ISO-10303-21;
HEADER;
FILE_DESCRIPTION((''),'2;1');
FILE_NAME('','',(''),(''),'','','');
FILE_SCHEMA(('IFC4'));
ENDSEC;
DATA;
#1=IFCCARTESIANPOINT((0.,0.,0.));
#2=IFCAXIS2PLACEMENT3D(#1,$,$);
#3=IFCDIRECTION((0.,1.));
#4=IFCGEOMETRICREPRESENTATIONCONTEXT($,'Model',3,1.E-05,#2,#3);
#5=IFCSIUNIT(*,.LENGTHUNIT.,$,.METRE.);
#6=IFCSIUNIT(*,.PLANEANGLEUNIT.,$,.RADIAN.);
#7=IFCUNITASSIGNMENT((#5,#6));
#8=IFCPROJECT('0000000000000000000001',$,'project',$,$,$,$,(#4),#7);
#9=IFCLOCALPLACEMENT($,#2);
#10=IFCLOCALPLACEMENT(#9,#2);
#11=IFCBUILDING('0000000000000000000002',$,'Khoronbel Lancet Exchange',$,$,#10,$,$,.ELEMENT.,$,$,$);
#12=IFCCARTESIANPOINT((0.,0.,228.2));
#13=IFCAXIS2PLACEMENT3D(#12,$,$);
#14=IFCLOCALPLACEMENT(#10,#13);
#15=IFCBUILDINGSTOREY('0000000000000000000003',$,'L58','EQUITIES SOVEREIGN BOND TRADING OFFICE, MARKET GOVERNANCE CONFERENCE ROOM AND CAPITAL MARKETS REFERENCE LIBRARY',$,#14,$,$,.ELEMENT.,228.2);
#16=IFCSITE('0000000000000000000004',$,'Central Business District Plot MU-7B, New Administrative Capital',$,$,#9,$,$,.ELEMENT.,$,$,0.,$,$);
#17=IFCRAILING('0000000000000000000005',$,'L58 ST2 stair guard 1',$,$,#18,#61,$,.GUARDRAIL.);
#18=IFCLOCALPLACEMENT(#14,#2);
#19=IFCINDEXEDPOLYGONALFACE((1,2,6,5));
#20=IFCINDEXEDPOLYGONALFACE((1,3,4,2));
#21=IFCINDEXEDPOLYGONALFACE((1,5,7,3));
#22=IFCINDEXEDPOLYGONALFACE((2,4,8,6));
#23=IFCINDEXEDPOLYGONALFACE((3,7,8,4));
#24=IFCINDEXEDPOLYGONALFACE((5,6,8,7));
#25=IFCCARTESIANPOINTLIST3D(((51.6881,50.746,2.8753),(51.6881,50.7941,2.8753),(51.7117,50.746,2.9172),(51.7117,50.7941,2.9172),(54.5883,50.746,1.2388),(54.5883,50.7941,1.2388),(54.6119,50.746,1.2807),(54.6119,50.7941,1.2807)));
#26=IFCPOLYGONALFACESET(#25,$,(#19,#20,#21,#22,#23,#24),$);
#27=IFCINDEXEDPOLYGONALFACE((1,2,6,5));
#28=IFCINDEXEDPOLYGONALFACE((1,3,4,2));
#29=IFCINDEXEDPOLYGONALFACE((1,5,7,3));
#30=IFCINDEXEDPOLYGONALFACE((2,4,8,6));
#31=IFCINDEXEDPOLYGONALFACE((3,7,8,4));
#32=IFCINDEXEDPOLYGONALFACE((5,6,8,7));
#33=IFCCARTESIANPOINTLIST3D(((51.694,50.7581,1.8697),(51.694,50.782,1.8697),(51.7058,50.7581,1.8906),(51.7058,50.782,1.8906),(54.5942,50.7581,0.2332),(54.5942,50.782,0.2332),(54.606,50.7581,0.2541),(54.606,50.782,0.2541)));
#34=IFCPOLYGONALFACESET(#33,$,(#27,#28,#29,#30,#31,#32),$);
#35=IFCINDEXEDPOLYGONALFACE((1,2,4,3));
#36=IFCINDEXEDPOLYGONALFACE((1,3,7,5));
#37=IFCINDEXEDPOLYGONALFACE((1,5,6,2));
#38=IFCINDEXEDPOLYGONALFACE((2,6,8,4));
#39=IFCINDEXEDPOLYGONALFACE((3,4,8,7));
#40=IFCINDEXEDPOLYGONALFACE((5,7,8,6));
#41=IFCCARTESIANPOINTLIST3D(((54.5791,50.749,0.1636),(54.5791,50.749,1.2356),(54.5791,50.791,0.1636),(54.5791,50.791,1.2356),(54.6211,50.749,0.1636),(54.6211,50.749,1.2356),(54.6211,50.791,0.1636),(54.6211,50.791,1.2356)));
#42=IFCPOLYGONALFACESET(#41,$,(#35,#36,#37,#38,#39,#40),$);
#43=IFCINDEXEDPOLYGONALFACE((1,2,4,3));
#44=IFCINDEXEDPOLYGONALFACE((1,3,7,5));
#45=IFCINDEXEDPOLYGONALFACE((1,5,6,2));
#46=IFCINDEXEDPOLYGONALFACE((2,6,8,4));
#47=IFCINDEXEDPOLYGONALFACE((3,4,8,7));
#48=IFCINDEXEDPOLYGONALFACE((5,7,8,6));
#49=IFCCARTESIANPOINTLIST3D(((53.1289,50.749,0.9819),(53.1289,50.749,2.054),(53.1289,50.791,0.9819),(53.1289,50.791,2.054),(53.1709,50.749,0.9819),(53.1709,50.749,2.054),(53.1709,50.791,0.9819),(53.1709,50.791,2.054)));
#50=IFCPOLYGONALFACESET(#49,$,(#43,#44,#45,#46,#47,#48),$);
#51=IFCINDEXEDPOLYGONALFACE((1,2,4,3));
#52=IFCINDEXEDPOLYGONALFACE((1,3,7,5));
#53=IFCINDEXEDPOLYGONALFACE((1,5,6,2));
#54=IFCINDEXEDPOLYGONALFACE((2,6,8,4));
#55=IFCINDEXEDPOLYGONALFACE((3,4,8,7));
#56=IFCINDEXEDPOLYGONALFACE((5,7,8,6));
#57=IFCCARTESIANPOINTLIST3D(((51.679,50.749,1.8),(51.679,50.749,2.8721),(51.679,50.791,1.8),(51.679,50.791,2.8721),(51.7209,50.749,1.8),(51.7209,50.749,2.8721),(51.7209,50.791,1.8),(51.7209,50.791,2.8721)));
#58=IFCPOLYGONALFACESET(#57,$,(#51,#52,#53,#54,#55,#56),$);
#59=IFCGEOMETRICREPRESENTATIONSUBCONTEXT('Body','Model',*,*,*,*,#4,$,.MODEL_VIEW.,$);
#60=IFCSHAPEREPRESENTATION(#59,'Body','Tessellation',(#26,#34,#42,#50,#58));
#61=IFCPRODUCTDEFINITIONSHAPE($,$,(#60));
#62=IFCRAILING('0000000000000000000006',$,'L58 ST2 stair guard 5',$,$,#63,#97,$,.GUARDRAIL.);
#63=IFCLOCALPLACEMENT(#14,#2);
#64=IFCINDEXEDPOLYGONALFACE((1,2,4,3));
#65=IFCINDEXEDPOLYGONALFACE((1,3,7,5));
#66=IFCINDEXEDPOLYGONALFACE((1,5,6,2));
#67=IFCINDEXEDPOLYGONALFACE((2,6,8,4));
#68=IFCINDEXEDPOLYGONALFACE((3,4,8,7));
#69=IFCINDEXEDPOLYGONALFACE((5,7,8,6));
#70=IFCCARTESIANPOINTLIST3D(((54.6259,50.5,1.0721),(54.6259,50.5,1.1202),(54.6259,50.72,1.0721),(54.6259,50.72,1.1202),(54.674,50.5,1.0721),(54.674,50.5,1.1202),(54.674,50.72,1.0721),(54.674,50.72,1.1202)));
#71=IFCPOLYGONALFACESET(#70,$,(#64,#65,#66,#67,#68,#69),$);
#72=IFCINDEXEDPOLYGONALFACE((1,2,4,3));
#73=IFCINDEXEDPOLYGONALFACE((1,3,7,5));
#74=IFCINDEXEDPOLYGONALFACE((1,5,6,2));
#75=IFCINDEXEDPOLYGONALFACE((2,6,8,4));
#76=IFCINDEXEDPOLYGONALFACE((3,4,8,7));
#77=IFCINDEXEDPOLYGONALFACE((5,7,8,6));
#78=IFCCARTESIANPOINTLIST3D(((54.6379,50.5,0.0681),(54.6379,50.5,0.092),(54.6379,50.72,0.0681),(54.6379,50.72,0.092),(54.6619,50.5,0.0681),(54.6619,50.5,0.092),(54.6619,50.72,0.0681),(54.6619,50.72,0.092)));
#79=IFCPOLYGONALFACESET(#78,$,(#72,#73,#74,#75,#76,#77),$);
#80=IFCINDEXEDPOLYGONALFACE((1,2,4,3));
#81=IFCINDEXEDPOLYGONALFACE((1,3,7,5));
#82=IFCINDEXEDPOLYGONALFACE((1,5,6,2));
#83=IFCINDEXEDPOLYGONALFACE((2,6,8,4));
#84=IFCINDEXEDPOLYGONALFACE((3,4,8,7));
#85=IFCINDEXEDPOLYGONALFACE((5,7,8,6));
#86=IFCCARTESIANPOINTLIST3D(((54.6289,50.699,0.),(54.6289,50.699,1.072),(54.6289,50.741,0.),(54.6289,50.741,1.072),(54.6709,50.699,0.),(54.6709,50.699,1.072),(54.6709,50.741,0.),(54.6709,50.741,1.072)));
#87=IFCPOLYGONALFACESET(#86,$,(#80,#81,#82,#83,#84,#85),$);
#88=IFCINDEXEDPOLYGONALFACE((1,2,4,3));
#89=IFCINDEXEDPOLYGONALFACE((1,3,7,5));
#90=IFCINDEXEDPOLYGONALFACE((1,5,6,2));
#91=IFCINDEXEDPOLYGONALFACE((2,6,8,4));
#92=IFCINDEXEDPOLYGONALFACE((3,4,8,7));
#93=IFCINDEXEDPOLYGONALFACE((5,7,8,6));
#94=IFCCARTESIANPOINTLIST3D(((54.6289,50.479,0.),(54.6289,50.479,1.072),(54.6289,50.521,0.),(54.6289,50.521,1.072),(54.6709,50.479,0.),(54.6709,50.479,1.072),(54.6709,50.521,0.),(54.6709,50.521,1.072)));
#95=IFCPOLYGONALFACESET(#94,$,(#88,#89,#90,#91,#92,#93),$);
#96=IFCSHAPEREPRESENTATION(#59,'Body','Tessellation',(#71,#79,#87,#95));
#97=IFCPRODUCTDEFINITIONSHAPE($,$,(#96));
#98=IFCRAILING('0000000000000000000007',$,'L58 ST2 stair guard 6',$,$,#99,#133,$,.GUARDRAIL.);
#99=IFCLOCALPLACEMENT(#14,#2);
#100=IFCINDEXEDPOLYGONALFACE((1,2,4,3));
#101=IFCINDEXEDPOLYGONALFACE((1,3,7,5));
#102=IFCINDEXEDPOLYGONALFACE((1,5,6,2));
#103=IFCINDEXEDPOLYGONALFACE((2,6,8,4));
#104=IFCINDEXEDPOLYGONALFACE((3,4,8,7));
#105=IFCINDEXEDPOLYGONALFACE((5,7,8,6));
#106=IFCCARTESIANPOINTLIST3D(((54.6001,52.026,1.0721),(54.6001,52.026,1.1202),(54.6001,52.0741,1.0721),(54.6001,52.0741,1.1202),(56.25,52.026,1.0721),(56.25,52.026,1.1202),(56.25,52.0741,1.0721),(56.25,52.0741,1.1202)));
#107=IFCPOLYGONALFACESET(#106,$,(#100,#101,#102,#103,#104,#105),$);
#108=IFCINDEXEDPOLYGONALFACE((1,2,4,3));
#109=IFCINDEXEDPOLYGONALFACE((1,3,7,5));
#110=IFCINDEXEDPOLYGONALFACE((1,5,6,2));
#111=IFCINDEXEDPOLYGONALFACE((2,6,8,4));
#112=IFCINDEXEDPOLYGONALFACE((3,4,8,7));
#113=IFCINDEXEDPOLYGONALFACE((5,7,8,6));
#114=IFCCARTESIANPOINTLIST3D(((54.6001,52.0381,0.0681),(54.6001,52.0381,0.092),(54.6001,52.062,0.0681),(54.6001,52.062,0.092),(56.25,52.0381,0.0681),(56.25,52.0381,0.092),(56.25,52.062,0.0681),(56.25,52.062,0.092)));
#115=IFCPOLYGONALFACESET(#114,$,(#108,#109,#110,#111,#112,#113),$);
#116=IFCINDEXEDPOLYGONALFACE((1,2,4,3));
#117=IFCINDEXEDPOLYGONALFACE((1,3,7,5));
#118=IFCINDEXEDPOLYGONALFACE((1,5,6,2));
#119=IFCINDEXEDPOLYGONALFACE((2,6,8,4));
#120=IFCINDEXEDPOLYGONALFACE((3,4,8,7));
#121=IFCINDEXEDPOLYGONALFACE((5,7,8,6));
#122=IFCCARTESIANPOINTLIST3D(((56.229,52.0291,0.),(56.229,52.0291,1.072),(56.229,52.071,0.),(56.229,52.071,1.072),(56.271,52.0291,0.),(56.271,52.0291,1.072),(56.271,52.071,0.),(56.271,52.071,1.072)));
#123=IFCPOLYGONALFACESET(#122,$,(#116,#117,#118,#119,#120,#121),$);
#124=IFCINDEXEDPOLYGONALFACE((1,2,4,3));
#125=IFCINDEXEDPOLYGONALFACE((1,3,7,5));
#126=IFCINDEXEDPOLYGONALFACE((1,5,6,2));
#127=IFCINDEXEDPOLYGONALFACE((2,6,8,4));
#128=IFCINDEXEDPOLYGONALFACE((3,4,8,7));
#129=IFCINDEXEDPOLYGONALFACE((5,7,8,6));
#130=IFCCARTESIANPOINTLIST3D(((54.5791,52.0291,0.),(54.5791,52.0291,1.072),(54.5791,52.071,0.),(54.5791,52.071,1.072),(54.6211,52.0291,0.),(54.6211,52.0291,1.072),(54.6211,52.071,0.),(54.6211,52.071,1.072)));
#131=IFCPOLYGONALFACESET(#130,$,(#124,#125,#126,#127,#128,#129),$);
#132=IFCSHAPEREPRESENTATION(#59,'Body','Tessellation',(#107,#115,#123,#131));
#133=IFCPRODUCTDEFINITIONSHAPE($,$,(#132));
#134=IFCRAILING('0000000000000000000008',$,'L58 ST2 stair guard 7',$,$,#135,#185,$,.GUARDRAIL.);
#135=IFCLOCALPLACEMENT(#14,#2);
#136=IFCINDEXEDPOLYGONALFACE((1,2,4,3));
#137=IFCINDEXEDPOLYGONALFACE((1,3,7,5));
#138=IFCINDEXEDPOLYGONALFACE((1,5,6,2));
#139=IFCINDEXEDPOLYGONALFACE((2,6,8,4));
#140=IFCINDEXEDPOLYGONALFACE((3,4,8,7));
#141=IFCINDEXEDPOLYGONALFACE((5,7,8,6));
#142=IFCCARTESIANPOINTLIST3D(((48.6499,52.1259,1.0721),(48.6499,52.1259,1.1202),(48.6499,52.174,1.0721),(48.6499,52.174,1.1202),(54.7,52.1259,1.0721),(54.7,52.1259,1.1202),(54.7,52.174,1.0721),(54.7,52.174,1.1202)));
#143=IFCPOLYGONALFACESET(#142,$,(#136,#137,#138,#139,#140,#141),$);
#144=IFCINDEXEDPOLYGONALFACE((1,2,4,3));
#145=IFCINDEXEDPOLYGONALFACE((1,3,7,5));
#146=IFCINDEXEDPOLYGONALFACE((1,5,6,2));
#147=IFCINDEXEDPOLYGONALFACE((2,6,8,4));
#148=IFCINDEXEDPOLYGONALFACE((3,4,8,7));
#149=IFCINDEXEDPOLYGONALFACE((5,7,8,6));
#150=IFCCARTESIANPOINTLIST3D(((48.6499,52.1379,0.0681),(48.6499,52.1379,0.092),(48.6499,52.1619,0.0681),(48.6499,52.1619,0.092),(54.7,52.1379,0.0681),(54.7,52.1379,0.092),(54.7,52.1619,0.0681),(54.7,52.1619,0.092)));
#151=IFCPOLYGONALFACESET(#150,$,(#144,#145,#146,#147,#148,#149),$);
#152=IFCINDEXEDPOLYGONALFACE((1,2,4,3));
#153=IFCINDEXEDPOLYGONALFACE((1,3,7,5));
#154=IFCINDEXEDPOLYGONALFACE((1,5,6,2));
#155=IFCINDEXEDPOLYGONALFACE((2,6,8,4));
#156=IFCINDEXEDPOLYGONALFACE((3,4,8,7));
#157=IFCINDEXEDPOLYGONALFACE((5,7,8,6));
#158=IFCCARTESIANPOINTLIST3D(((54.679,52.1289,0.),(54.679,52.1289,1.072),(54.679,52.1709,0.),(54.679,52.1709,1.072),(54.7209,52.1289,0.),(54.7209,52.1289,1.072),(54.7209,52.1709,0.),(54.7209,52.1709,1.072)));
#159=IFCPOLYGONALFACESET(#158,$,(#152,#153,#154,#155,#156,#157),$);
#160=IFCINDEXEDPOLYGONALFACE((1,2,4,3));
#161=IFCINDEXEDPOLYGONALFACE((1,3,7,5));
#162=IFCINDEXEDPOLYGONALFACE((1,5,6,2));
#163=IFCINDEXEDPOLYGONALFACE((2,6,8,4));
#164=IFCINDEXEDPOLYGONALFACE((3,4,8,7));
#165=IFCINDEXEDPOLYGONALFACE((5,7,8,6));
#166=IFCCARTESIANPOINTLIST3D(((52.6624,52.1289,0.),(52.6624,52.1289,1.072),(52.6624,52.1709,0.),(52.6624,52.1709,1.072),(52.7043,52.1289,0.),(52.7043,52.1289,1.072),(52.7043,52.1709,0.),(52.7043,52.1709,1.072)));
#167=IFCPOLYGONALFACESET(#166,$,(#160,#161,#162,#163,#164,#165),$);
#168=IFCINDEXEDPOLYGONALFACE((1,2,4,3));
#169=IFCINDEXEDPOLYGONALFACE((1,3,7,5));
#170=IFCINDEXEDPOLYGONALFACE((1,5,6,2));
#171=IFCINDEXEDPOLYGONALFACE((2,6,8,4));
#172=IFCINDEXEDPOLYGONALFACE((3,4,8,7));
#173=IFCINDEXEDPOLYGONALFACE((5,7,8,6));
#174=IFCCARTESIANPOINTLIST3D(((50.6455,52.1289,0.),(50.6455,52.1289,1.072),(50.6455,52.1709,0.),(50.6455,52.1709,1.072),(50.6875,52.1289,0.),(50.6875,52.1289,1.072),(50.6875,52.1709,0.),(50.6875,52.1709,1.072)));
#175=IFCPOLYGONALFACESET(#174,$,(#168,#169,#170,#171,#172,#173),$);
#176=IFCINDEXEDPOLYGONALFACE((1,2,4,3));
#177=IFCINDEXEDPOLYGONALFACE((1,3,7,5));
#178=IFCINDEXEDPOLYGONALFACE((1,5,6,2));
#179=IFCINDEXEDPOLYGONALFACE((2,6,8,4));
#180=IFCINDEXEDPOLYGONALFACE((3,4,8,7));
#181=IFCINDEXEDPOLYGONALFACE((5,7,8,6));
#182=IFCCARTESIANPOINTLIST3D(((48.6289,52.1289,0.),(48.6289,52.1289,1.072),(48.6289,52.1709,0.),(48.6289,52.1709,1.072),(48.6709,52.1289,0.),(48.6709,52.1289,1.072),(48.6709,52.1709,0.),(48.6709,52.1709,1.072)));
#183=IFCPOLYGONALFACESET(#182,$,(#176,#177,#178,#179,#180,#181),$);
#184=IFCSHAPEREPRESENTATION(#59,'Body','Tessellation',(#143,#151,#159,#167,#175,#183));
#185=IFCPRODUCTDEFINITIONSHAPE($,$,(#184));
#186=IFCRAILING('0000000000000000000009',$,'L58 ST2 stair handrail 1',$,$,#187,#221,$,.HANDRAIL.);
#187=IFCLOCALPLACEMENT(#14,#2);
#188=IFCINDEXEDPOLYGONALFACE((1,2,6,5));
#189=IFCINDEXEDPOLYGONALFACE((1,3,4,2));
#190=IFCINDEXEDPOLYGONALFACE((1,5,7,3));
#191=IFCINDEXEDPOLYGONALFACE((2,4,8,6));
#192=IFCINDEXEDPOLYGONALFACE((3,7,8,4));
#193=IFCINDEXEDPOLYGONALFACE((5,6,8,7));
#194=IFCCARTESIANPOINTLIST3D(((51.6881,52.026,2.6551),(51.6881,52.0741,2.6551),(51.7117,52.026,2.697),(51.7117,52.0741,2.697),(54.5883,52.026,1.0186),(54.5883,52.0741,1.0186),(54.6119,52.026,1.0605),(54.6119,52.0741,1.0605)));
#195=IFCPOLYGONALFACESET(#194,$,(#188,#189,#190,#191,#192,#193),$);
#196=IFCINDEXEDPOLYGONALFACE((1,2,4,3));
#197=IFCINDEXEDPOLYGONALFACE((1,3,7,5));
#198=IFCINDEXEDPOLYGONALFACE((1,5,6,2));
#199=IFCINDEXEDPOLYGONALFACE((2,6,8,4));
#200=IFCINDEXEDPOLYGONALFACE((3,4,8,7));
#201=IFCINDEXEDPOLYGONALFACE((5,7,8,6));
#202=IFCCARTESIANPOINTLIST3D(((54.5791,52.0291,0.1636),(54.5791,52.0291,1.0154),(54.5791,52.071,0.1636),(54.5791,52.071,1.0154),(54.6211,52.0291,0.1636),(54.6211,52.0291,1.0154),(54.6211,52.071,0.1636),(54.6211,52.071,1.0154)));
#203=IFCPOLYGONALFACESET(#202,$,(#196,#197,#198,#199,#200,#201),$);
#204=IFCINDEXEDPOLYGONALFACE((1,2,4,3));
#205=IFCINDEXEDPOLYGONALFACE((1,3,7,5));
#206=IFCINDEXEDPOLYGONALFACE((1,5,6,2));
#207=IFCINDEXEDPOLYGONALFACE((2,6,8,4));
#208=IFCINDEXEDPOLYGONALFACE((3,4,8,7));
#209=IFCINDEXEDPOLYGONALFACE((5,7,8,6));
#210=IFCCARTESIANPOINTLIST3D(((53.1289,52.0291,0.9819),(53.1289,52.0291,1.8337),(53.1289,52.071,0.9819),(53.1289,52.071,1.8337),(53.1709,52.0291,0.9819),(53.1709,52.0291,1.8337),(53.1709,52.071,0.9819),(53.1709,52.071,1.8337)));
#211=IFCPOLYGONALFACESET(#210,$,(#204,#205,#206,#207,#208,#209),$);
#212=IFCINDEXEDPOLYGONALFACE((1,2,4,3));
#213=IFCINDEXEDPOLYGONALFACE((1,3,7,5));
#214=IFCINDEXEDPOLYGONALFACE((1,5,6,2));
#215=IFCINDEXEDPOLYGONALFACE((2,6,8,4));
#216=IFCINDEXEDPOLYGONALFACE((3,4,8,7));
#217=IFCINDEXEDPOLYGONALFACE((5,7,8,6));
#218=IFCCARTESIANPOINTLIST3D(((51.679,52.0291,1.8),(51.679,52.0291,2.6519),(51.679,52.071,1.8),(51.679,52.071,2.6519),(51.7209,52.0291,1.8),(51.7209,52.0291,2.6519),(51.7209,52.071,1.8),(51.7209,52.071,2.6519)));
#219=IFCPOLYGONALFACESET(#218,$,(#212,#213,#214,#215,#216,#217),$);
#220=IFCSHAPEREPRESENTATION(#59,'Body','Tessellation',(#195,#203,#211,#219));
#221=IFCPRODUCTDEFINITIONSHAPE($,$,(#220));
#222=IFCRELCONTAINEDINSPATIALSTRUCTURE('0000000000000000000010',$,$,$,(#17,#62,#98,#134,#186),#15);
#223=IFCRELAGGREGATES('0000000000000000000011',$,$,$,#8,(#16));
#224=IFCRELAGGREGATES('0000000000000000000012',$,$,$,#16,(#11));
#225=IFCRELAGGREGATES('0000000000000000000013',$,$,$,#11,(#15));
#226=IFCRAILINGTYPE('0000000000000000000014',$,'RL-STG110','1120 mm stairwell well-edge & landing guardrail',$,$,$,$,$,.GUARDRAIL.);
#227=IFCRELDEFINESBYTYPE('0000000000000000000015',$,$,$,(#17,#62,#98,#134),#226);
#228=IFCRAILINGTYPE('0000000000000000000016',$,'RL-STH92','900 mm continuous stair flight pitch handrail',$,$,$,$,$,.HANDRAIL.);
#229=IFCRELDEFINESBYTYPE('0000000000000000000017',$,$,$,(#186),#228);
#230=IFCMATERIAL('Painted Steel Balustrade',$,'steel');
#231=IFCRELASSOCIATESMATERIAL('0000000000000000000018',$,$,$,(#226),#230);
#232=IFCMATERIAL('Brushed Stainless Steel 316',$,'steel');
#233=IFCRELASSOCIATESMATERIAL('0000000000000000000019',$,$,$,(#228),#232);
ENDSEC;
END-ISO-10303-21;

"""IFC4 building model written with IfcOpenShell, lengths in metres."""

from ifc_helpers import new_model, si_unit, direction, frame, origin, origin_2d, place, context, subcontext, project, spatial, rectangle, extrude, material, type_object, element, save


model = new_model("IFC4")

# Units and contexts
model_context = context("Model", 3, precision=1e-05, world=origin(), true_north=direction((0.0, 1.0)))
body_context = subcontext(model_context, "Body", "Model", "MODEL_VIEW")
ifc_project = project(units=[si_unit("LENGTHUNIT", "METRE"), si_unit("PLANEANGLEUNIT", "RADIAN")], contexts=[model_context])

# Site, building, storey
site_placement = place(None, origin())
site = spatial("IfcSite", under=ifc_project, at=site_placement, Name="Central Business District Plot MU-7B, New Administrative Capital", CompositionType="ELEMENT", RefElevation=0.0)
building_placement = place(site_placement, origin())
building = spatial("IfcBuilding", under=site, at=building_placement, Name="Khoronbel Lancet Exchange", CompositionType="ELEMENT")
storey_placement = place(building_placement, frame((0.0, 0.0, 228.2)))
storey = spatial("IfcBuildingStorey", under=building, at=storey_placement, Name="L58", Description="EQUITIES SOVEREIGN BOND TRADING OFFICE, MARKET GOVERNANCE CONFERENCE ROOM AND CAPITAL MARKETS REFERENCE LIBRARY", CompositionType="ELEMENT", Elevation=228.2)

# Railings
ifc_material_1 = material(Name="Painted Steel Balustrade", Category="steel")
railing_type_1 = type_object("IfcRailingType", Name="RL-STG110", Description="1120 mm stairwell well-edge & landing guardrail", PredefinedType="GUARDRAIL", material=ifc_material_1)
railing_1_placement = place(storey_placement, frame((54.6001, 50.77, 0.1636)))
element("IfcRailing", 1, at=railing_1_placement, inside=storey, type_object=railing_type_1, Name="L58 ST2 stair guard 1", PredefinedType="GUARDRAIL", context=body_context, shape_type="SweptSolid", body=[
    extrude(rectangle(XDim=0.0481, YDim=0.0481, at=origin_2d()), frame((0.0, 0.0, 1.0962), z_axis=(-0.870915, 0.0, 0.491434), x_axis=(0.0, -1.0, 0.0)), (0.0, 0.0, 1.0), 3.3301),
    extrude(rectangle(XDim=0.0239, YDim=0.0239, at=origin_2d()), frame((0.0, 0.0, 0.0801), z_axis=(-0.870915, 0.0, 0.491434), x_axis=(0.0, -1.0, 0.0)), (0.0, 0.0, 1.0), 3.3301),
    extrude(rectangle(XDim=0.042, YDim=0.042, at=origin_2d()), origin(), (0.0, 0.0, 1.0), 1.072),
    extrude(rectangle(XDim=0.042, YDim=0.042, at=origin_2d()), frame((-1.4502, 0.0, 0.8184)), (0.0, 0.0, 1.0), 1.072),
    extrude(rectangle(XDim=0.042, YDim=0.042, at=origin_2d()), frame((-2.9001, 0.0, 1.6365)), (0.0, 0.0, 1.0), 1.072),
])
railing_2_placement = place(storey_placement, frame((54.6499, 50.72, 0.0)))
element("IfcRailing", 2, at=railing_2_placement, inside=storey, type_object=railing_type_1, Name="L58 ST2 stair guard 5", PredefinedType="GUARDRAIL", context=body_context, shape_type="SweptSolid", body=[
    extrude(rectangle(XDim=0.0481, YDim=0.0481, at=origin_2d()), frame((0.0, 0.0, 1.0962), z_axis=(0.0, -1.0, 0.0), x_axis=(1.0, 0.0, 0.0)), (0.0, 0.0, 1.0), 0.22),
    extrude(rectangle(XDim=0.0239, YDim=0.0239, at=origin_2d()), frame((0.0, 0.0, 0.0801), z_axis=(0.0, -1.0, 0.0), x_axis=(1.0, 0.0, 0.0)), (0.0, 0.0, 1.0), 0.22),
    extrude(rectangle(XDim=0.042, YDim=0.042, at=origin_2d()), origin(), (0.0, 0.0, 1.0), 1.072),
    extrude(rectangle(XDim=0.042, YDim=0.042, at=origin_2d()), frame((0.0, -0.22, 0.0)), (0.0, 0.0, 1.0), 1.072),
])
railing_3_placement = place(storey_placement, frame((56.25, 52.05, 0.0)))
element("IfcRailing", 3, at=railing_3_placement, inside=storey, type_object=railing_type_1, Name="L58 ST2 stair guard 6", PredefinedType="GUARDRAIL", context=body_context, shape_type="SweptSolid", body=[
    extrude(rectangle(XDim=0.0481, YDim=0.0481, at=origin_2d()), frame((0.0, 0.0, 1.0962), z_axis=(-1.0, 0.0, 0.0), x_axis=(0.0, -1.0, 0.0)), (0.0, 0.0, 1.0), 1.6499),
    extrude(rectangle(XDim=0.0239, YDim=0.0239, at=origin_2d()), frame((0.0, 0.0, 0.0801), z_axis=(-1.0, 0.0, 0.0), x_axis=(0.0, -1.0, 0.0)), (0.0, 0.0, 1.0), 1.6499),
    extrude(rectangle(XDim=0.042, YDim=0.042, at=origin_2d()), origin(), (0.0, 0.0, 1.0), 1.072),
    extrude(rectangle(XDim=0.042, YDim=0.042, at=origin_2d()), frame((-1.6499, 0.0, 0.0)), (0.0, 0.0, 1.0), 1.072),
])
railing_4_placement = place(storey_placement, frame((54.7, 52.1499, 0.0)))
element("IfcRailing", 4, at=railing_4_placement, inside=storey, type_object=railing_type_1, Name="L58 ST2 stair guard 7", PredefinedType="GUARDRAIL", context=body_context, shape_type="SweptSolid", body=[
    extrude(rectangle(XDim=0.0481, YDim=0.0481, at=origin_2d()), frame((0.0, 0.0, 1.0962), z_axis=(-1.0, 0.0, 0.0), x_axis=(0.0, -1.0, 0.0)), (0.0, 0.0, 1.0), 6.05),
    extrude(rectangle(XDim=0.0239, YDim=0.0239, at=origin_2d()), frame((0.0, 0.0, 0.0801), z_axis=(-1.0, 0.0, 0.0), x_axis=(0.0, -1.0, 0.0)), (0.0, 0.0, 1.0), 6.05),
    extrude(rectangle(XDim=0.042, YDim=0.042, at=origin_2d()), origin(), (0.0, 0.0, 1.0), 1.072),
    extrude(rectangle(XDim=0.042, YDim=0.042, at=origin_2d()), frame((-2.0166, 0.0, 0.0)), (0.0, 0.0, 1.0), 1.072),
    extrude(rectangle(XDim=0.042, YDim=0.042, at=origin_2d()), frame((-4.0334, 0.0, 0.0)), (0.0, 0.0, 1.0), 1.072),
    extrude(rectangle(XDim=0.042, YDim=0.042, at=origin_2d()), frame((-6.05, 0.0, 0.0)), (0.0, 0.0, 1.0), 1.072),
])
ifc_material_2 = material(Name="Brushed Stainless Steel 316", Category="steel")
railing_type_2 = type_object("IfcRailingType", Name="RL-STH92", Description="900 mm continuous stair flight pitch handrail", PredefinedType="HANDRAIL", material=ifc_material_2)
railing_5_placement = place(storey_placement, frame((54.6001, 52.05, 0.1636)))
element("IfcRailing", 5, at=railing_5_placement, inside=storey, type_object=railing_type_2, Name="L58 ST2 stair handrail 1", PredefinedType="HANDRAIL", context=body_context, shape_type="SweptSolid", body=[
    extrude(rectangle(XDim=0.0481, YDim=0.0481, at=origin_2d()), frame((0.0, 0.0, 0.876), z_axis=(-0.870915, 0.0, 0.491434), x_axis=(0.0, -1.0, 0.0)), (0.0, 0.0, 1.0), 3.3301),
    extrude(rectangle(XDim=0.042, YDim=0.042, at=origin_2d()), origin(), (0.0, 0.0, 1.0), 0.8518),
    extrude(rectangle(XDim=0.042, YDim=0.042, at=origin_2d()), frame((-1.4502, 0.0, 0.8184)), (0.0, 0.0, 1.0), 0.8518),
    extrude(rectangle(XDim=0.042, YDim=0.042, at=origin_2d()), frame((-2.9001, 0.0, 1.6365)), (0.0, 0.0, 1.0), 0.8518),
])

save(model, "model.ifc")
